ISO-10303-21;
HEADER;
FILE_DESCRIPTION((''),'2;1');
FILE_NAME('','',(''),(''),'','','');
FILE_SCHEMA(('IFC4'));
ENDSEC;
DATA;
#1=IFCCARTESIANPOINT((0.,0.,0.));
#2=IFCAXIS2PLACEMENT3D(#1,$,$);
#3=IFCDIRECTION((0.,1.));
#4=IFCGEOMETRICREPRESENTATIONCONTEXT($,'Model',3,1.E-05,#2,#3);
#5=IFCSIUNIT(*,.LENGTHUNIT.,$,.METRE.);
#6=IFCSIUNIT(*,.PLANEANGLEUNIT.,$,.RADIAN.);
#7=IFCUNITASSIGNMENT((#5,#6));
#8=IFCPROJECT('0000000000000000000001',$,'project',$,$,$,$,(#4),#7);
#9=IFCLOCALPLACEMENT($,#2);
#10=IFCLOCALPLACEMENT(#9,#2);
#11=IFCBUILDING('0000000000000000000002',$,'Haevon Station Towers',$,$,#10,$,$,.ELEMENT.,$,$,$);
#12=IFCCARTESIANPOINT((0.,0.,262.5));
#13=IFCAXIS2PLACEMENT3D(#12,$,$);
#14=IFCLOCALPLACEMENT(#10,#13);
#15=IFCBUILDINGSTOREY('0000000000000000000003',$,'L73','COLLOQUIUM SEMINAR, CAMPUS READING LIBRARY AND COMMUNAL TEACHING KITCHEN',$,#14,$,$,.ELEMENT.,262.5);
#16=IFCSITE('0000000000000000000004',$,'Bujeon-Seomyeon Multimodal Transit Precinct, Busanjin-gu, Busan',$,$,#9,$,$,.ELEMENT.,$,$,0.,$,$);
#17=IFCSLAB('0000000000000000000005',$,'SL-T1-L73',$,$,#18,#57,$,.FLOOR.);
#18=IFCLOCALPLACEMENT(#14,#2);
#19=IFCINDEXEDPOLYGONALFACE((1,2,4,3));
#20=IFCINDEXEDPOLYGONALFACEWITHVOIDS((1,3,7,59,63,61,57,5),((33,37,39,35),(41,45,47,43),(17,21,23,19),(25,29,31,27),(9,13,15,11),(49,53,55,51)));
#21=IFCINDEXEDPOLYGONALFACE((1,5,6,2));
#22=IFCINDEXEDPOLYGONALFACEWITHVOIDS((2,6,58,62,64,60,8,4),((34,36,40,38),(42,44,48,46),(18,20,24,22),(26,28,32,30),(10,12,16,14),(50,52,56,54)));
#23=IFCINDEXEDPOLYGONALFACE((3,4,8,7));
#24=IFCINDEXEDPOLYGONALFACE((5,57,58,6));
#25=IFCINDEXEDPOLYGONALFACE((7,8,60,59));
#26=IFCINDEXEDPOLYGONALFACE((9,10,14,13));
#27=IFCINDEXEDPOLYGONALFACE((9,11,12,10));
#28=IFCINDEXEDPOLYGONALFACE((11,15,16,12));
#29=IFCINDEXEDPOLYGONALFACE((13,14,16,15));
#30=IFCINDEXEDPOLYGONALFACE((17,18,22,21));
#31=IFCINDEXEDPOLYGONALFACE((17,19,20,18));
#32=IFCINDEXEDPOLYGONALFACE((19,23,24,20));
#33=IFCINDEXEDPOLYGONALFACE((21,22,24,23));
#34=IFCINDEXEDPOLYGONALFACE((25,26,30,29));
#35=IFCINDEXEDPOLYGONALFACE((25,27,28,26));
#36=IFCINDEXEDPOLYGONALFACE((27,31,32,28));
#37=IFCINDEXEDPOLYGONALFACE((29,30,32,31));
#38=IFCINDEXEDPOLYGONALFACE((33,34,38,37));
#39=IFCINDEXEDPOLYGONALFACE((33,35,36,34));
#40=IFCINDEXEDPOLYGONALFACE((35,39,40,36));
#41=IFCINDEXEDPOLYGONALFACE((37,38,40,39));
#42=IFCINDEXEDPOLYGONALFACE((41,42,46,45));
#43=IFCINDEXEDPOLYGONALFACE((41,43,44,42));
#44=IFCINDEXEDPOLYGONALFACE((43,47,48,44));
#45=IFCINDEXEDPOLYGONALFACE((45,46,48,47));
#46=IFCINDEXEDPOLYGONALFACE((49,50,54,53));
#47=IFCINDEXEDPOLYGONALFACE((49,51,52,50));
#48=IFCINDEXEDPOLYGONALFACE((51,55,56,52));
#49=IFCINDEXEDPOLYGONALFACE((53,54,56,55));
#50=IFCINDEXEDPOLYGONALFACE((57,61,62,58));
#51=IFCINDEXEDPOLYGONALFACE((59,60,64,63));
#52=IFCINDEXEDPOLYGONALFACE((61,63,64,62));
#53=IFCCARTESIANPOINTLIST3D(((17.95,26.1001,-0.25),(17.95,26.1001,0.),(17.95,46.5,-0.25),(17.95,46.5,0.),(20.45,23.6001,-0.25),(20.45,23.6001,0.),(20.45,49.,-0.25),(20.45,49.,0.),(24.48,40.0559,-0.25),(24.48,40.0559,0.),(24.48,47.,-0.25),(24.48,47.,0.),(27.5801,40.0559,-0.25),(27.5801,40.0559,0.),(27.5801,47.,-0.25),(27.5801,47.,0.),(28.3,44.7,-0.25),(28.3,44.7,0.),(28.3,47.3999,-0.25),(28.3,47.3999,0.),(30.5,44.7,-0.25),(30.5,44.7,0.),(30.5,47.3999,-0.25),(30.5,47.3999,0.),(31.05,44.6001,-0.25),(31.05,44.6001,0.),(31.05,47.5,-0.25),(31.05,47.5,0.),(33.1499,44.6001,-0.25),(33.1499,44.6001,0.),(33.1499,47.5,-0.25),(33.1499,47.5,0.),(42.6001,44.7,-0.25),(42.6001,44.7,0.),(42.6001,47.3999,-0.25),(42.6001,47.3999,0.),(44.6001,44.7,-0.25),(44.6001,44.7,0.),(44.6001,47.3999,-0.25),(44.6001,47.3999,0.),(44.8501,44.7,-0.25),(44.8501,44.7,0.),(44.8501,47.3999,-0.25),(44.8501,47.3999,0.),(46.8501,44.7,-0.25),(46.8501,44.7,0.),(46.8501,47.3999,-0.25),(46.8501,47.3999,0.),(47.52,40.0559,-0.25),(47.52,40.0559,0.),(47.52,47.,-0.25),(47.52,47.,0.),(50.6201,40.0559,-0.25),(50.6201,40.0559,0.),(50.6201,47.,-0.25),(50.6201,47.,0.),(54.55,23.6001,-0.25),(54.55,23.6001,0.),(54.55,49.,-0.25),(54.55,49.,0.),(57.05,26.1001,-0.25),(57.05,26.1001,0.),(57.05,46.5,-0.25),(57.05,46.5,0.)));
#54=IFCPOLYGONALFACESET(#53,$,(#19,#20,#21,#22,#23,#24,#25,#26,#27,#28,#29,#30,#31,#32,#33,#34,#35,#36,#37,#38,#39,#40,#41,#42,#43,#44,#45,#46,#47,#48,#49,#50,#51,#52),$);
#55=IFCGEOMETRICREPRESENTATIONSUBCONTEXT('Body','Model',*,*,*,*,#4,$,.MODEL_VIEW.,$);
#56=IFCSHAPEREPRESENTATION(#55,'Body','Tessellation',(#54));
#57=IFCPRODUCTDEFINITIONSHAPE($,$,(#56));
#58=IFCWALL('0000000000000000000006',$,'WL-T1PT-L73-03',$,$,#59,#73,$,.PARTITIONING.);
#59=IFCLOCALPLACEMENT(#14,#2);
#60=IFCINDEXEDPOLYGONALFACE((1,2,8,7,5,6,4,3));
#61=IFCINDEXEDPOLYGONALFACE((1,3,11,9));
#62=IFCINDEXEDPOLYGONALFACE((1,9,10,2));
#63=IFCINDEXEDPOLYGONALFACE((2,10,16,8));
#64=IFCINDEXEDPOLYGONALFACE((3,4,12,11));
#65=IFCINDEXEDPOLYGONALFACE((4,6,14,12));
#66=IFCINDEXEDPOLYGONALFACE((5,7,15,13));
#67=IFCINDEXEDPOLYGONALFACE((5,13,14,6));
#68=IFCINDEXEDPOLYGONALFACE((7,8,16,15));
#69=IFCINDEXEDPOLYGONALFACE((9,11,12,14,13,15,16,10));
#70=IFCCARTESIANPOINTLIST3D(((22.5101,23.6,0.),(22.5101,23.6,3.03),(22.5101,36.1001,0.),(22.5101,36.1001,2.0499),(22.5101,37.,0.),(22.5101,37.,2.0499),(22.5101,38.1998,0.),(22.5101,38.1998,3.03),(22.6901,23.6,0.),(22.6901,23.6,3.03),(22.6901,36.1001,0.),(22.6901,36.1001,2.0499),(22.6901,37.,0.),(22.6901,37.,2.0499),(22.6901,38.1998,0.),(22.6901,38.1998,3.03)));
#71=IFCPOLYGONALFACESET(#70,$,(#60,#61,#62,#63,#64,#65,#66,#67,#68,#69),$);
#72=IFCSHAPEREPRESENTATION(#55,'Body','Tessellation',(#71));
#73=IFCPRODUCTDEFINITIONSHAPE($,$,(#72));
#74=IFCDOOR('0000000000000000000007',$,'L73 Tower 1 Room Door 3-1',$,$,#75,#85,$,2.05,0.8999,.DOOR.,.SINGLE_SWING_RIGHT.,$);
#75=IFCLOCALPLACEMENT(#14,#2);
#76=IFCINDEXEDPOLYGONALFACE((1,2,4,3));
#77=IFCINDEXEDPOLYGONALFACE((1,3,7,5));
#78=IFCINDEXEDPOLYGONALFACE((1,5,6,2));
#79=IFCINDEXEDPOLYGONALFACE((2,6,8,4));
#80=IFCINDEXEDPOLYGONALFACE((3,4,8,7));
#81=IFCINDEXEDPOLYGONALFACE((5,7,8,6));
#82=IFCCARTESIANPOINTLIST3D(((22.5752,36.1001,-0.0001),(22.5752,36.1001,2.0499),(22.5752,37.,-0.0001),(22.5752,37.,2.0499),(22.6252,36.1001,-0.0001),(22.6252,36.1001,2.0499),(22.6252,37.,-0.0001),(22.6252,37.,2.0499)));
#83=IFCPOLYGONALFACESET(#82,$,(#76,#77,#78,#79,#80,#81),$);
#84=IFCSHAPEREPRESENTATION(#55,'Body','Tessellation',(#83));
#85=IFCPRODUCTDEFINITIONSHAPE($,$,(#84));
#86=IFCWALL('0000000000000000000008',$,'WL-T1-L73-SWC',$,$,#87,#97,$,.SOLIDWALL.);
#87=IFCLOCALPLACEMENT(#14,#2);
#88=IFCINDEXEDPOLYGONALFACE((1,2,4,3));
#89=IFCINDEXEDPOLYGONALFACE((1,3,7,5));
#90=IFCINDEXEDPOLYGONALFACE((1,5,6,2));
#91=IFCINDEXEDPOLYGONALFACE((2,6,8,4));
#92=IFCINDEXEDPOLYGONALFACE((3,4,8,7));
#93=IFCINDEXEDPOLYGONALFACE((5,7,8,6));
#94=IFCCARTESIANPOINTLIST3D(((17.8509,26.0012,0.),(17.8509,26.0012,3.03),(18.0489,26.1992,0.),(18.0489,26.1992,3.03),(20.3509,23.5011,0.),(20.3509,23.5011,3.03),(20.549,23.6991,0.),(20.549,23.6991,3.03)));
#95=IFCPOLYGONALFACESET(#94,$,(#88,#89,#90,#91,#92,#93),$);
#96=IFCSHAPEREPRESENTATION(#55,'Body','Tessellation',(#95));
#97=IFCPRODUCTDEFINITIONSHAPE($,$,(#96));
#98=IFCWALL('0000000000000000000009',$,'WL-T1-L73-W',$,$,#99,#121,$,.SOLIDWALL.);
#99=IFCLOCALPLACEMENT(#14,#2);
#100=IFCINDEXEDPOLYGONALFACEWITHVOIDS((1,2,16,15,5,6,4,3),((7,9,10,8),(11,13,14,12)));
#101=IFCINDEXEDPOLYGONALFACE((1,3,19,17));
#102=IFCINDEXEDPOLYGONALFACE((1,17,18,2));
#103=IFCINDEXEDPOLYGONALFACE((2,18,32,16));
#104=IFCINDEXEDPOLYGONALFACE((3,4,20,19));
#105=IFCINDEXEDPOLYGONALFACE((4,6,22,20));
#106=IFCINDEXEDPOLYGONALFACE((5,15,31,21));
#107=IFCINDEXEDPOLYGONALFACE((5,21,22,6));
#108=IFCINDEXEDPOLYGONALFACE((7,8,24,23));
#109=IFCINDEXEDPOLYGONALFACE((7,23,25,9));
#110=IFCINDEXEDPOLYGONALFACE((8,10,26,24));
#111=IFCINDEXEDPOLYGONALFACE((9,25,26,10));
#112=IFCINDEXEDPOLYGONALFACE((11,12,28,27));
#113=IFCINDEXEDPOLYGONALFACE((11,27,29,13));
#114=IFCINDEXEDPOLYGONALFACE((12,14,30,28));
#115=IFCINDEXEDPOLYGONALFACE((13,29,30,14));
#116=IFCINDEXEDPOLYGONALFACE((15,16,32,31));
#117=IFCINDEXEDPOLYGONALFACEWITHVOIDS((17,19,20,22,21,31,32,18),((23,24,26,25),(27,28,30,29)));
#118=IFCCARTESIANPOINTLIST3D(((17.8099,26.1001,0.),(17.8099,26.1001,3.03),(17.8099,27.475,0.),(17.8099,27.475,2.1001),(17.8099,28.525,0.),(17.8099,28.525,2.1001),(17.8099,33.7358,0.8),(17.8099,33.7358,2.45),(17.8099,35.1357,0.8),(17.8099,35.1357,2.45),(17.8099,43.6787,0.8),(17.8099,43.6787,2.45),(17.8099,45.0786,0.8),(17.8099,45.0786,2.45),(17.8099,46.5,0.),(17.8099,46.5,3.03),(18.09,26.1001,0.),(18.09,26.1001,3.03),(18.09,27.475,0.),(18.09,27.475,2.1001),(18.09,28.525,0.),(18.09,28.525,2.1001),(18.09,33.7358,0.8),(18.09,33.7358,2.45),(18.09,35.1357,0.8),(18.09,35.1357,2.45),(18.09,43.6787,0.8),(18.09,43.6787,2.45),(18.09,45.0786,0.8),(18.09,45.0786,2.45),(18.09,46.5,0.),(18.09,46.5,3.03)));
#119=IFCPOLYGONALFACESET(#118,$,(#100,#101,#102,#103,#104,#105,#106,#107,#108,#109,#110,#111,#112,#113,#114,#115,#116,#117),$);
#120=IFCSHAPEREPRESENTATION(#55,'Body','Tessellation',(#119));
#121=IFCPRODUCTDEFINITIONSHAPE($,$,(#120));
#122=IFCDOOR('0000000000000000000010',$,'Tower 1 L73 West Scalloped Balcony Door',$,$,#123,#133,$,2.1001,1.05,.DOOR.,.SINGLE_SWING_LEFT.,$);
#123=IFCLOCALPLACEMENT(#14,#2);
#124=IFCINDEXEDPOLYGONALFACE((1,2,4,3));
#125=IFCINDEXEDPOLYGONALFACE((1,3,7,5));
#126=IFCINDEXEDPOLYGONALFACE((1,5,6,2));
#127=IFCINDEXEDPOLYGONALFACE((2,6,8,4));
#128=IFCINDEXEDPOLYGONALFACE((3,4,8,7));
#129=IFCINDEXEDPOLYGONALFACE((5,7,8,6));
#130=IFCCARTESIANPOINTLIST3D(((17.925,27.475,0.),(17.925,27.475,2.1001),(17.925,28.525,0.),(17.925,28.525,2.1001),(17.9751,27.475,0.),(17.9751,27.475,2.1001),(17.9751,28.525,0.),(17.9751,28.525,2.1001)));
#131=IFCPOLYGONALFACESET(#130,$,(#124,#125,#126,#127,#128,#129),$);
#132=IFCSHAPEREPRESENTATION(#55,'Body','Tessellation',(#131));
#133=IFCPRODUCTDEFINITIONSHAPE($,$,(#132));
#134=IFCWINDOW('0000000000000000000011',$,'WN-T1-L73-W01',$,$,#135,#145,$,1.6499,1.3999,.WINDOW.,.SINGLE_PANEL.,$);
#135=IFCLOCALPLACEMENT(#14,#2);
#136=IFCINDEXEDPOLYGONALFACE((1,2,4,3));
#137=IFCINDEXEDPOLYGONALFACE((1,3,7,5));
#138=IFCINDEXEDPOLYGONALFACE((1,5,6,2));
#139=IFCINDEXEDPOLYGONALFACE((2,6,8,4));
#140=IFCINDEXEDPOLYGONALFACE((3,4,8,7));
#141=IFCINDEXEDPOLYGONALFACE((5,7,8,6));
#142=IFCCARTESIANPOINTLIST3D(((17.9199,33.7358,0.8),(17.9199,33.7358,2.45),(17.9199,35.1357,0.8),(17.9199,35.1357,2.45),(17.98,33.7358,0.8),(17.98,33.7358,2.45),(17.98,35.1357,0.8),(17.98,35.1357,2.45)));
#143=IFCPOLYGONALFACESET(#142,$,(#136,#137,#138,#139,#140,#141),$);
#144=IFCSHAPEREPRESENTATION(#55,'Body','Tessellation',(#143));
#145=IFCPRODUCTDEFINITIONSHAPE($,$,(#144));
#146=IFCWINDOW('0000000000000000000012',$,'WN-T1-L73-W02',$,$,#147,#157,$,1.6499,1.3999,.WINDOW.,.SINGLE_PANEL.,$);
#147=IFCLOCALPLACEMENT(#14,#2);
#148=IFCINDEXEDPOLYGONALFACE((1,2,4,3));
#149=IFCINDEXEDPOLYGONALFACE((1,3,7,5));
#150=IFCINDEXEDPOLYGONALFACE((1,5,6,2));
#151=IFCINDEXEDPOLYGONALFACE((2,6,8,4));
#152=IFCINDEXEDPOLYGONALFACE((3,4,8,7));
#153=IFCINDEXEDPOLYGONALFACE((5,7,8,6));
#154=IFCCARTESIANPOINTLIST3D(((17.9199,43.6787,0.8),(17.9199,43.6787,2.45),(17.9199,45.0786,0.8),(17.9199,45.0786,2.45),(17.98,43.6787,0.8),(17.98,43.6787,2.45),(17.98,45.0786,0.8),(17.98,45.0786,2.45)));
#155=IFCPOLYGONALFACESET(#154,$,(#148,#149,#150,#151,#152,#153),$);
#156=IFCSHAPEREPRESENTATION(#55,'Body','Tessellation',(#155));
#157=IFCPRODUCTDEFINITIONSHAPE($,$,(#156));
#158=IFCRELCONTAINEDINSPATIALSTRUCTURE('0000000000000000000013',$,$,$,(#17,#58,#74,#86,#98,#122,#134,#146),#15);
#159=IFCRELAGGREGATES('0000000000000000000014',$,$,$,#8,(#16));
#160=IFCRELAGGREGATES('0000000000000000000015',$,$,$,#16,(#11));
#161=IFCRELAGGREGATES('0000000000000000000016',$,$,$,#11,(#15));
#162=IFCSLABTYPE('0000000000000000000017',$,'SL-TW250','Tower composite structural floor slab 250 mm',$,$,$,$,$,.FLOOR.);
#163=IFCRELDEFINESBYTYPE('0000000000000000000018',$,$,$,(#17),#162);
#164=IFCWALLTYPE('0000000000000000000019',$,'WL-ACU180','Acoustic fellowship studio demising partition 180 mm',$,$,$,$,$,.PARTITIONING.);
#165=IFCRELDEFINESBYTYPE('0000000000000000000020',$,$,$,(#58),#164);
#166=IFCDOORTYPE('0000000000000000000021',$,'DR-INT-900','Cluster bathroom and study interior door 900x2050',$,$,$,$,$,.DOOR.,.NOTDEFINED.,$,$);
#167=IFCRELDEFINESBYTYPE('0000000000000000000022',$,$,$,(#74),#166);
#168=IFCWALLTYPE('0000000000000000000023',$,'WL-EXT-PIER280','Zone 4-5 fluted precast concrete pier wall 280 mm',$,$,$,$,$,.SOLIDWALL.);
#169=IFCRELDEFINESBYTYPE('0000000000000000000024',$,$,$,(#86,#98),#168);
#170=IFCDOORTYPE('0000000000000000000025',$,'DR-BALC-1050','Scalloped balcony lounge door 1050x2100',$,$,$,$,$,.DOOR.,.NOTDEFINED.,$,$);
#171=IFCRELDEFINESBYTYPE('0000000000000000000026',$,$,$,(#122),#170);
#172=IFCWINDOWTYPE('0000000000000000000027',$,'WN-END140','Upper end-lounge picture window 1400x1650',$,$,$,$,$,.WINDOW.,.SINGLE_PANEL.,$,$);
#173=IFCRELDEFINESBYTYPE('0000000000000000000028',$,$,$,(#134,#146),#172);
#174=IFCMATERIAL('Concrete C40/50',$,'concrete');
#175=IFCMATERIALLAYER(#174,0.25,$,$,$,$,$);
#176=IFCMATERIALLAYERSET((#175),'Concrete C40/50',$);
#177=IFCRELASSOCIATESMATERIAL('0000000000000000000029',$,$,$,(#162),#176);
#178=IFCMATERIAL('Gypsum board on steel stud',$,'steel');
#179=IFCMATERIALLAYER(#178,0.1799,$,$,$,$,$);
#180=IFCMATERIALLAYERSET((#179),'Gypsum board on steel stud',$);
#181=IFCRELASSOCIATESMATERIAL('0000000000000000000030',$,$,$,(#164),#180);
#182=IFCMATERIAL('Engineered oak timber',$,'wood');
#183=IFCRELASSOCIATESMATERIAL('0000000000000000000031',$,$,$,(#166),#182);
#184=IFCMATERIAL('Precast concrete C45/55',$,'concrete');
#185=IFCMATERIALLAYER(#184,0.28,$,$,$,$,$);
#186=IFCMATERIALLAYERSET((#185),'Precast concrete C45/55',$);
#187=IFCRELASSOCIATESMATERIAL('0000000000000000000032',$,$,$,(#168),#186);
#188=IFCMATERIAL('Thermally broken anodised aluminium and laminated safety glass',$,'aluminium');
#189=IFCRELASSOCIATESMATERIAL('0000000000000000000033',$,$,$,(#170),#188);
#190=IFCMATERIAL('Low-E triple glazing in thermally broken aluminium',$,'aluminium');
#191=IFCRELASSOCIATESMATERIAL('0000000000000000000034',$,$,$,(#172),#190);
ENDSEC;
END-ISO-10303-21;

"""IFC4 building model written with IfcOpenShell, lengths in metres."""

from ifc_helpers import new_model, si_unit, direction, frame, frame_2d, origin, place, context, subcontext, project, spatial, polyline, rectangle, outline, extrude, material, layer, layer_set, type_object, element, fill, save


model = new_model("IFC4")

# Units and contexts
model_context = context("Model", 3, precision=1e-05, world=origin(), true_north=direction((0.0, 1.0)))
body_context = subcontext(model_context, "Body", "Model", "MODEL_VIEW")
ifc_project = project(units=[si_unit("LENGTHUNIT", "METRE"), si_unit("PLANEANGLEUNIT", "RADIAN")], contexts=[model_context])

# Site, building, storey
site_placement = place(None, origin())
site = spatial("IfcSite", under=ifc_project, at=site_placement, Name="Bujeon-Seomyeon Multimodal Transit Precinct, Busanjin-gu, Busan", CompositionType="ELEMENT", RefElevation=0.0)
building_placement = place(site_placement, origin())
building = spatial("IfcBuilding", under=site, at=building_placement, Name="Haevon Station Towers", CompositionType="ELEMENT")
storey_placement = place(building_placement, frame((0.0, 0.0, 262.5)))
storey = spatial("IfcBuildingStorey", under=building, at=storey_placement, Name="L73", Description="COLLOQUIUM SEMINAR, CAMPUS READING LIBRARY AND COMMUNAL TEACHING KITCHEN", CompositionType="ELEMENT", Elevation=262.5)

# Shared definitions
ifc_material_1 = material(Name="Concrete C40/50", Category="concrete")

# Slab
ifc_layer_1 = layer(ifc_material_1, 0.25)
ifc_layer_set_1 = layer_set([ifc_layer_1], Name="Concrete C40/50")
slab_type_1 = type_object("IfcSlabType", Name="SL-TW250", Description="Tower composite structural floor slab 250 mm", PredefinedType="FLOOR", material=ifc_layer_set_1)
slab_1_placement = place(storey_placement, frame((0.0, 0.0, -0.25)))
element("IfcSlab", 1, at=slab_1_placement, inside=storey, type_object=slab_type_1, Name="SL-T1-L73", PredefinedType="FLOOR", context=body_context, shape_type="SweptSolid", body=[
    extrude(outline(polyline([(20.45, 23.6001), (54.55, 23.6001), (57.05, 26.1001), (57.05, 46.5), (54.55, 49.0), (20.45, 49.0), (17.95, 46.5), (17.95, 26.1001), (20.45, 23.6001)]), holes=[polyline([(27.5801, 40.0559), (27.5801, 47.0), (24.48, 47.0), (24.48, 40.0559), (27.5801, 40.0559)]), polyline([(50.6201, 40.0559), (50.6201, 47.0), (47.52, 47.0), (47.52, 40.0559), (50.6201, 40.0559)]), polyline([(28.3, 44.7), (30.5, 44.7), (30.5, 47.3999), (28.3, 47.3999), (28.3, 44.7)]), polyline([(31.05, 44.6001), (33.1499, 44.6001), (33.1499, 47.5), (31.05, 47.5), (31.05, 44.6001)]), polyline([(42.6001, 44.7), (44.6001, 44.7), (44.6001, 47.3999), (42.6001, 47.3999), (42.6001, 44.7)]), polyline([(44.8501, 44.7), (46.8501, 44.7), (46.8501, 47.3999), (44.8501, 47.3999), (44.8501, 44.7)])]), origin(), (0.0, 0.0, 1.0), 0.25),
])

# Wall, opening, door
ifc_material_2 = material(Name="Gypsum board on steel stud", Category="steel")
ifc_layer_2 = layer(ifc_material_2, 0.1799)
ifc_layer_set_2 = layer_set([ifc_layer_2], Name="Gypsum board on steel stud")
wall_type_1 = type_object("IfcWallType", Name="WL-ACU180", Description="Acoustic fellowship studio demising partition 180 mm", PredefinedType="PARTITIONING", material=ifc_layer_set_2)
wall_1_placement = place(storey_placement, frame((22.6001, 23.6001, 0.0), z_axis=(0.0, 0.0, 1.0), x_axis=(0.0, 1.0, 0.0)))
wall_1 = element("IfcWall", 2, at=wall_1_placement, inside=storey, type_object=wall_type_1, Name="WL-T1PT-L73-03", PredefinedType="PARTITIONING", context=body_context, shape_type="SweptSolid", body=[
    extrude(rectangle(XDim=14.5999, YDim=0.1799, at=frame_2d((7.2998, 0.0))), origin(), (0.0, 0.0, 1.0), 3.03),
])
opening_1_placement = place(wall_1_placement, frame((12.5, 0.0, 0.0)))
opening_1 = element("IfcOpeningElement", 3, at=opening_1_placement, cuts=wall_1, PredefinedType="OPENING", context=body_context, shape_type="SweptSolid", body=[
    extrude(rectangle(XDim=0.8999, YDim=2.05, at=frame_2d((0.45, 1.0249))), frame((0.0, 0.0999, 0.0), z_axis=(0.0, -1.0, 0.0), x_axis=(1.0, 0.0, 0.0)), (0.0, 0.0, 1.0), 0.2),
])
ifc_material_3 = material(Name="Engineered oak timber", Category="wood")
door_type_1 = type_object("IfcDoorType", Name="DR-INT-900", Description="Cluster bathroom and study interior door 900x2050", OperationType="NOTDEFINED", PredefinedType="DOOR", material=ifc_material_3)
door_1_placement = place(opening_1_placement, origin())
door_1 = element("IfcDoor", 4, at=door_1_placement, inside=storey, type_object=door_type_1, Name="L73 Tower 1 Room Door 3-1", OperationType="SINGLE_SWING_RIGHT", OverallHeight=2.05, OverallWidth=0.8999, PredefinedType="DOOR", context=body_context, shape_type="SweptSolid", body=[
    extrude(rectangle(XDim=0.8999, YDim=2.05, at=frame_2d((0.45, 1.0249))), frame((0.0, 0.0249, 0.0), z_axis=(0.0, -1.0, 0.0), x_axis=(1.0, 0.0, 0.0)), (0.0, 0.0, 1.0), 0.05),
])
fill(opening_1, door_1)

# Wall
ifc_material_4 = material(Name="Precast concrete C45/55", Category="concrete")
ifc_layer_3 = layer(ifc_material_4, 0.28)
ifc_layer_set_3 = layer_set([ifc_layer_3], Name="Precast concrete C45/55")
wall_type_2 = type_object("IfcWallType", Name="WL-EXT-PIER280", Description="Zone 4-5 fluted precast concrete pier wall 280 mm", PredefinedType="SOLIDWALL", material=ifc_layer_set_3)
wall_2_placement = place(storey_placement, frame((20.45, 23.6001, 0.0), z_axis=(0.0, 0.0, 1.0), x_axis=(-0.707107, 0.707107, 0.0)))
element("IfcWall", 5, at=wall_2_placement, inside=storey, type_object=wall_type_2, Name="WL-T1-L73-SWC", PredefinedType="SOLIDWALL", context=body_context, shape_type="SweptSolid", body=[
    extrude(rectangle(XDim=3.5356, YDim=0.28, at=frame_2d((1.7678, 0.0))), origin(), (0.0, 0.0, 1.0), 3.03),
])

# Wall, openings, door, windows
wall_3_placement = place(storey_placement, frame((17.95, 26.1001, 0.0), z_axis=(0.0, 0.0, 1.0), x_axis=(0.0, 1.0, 0.0)))
wall_3 = element("IfcWall", 6, at=wall_3_placement, inside=storey, type_object=wall_type_2, Name="WL-T1-L73-W", PredefinedType="SOLIDWALL", context=body_context, shape_type="SweptSolid", body=[
    extrude(rectangle(XDim=20.3999, YDim=0.28, at=frame_2d((10.2, 0.0))), origin(), (0.0, 0.0, 1.0), 3.03),
])
opening_2_placement = place(wall_3_placement, frame((1.375, 0.0, 0.0)))
opening_2 = element("IfcOpeningElement", 7, at=opening_2_placement, cuts=wall_3, PredefinedType="OPENING", context=body_context, shape_type="SweptSolid", body=[
    extrude(rectangle(XDim=1.05, YDim=2.1001, at=frame_2d((0.5249, 1.05))), frame((0.0, 0.1499, 0.0), z_axis=(0.0, -1.0, 0.0), x_axis=(1.0, 0.0, 0.0)), (0.0, 0.0, 1.0), 0.3),
])
opening_3_placement = place(wall_3_placement, frame((7.6357, 0.0, 0.8)))
opening_3 = element("IfcOpeningElement", 8, at=opening_3_placement, cuts=wall_3, PredefinedType="OPENING", context=body_context, shape_type="SweptSolid", body=[
    extrude(rectangle(XDim=1.3999, YDim=1.6499, at=frame_2d((0.7, 0.825))), frame((0.0, 0.1499, 0.0), z_axis=(0.0, -1.0, 0.0), x_axis=(1.0, 0.0, 0.0)), (0.0, 0.0, 1.0), 0.3),
])
opening_4_placement = place(wall_3_placement, frame((17.5786, 0.0, 0.8)))
opening_4 = element("IfcOpeningElement", 9, at=opening_4_placement, cuts=wall_3, PredefinedType="OPENING", context=body_context, shape_type="SweptSolid", body=[
    extrude(rectangle(XDim=1.3999, YDim=1.6499, at=frame_2d((0.7, 0.825))), frame((0.0, 0.1499, 0.0), z_axis=(0.0, -1.0, 0.0), x_axis=(1.0, 0.0, 0.0)), (0.0, 0.0, 1.0), 0.3),
])
ifc_material_5 = material(Name="Thermally broken anodised aluminium and laminated safety glass", Category="aluminium")
door_type_2 = type_object("IfcDoorType", Name="DR-BALC-1050", Description="Scalloped balcony lounge door 1050x2100", OperationType="NOTDEFINED", PredefinedType="DOOR", material=ifc_material_5)
door_2_placement = place(opening_2_placement, origin())
door_2 = element("IfcDoor", 10, at=door_2_placement, inside=storey, type_object=door_type_2, Name="Tower 1 L73 West Scalloped Balcony Door", OperationType="SINGLE_SWING_LEFT", OverallHeight=2.1001, OverallWidth=1.05, PredefinedType="DOOR", context=body_context, shape_type="SweptSolid", body=[
    extrude(rectangle(XDim=1.05, YDim=2.1001, at=frame_2d((0.5249, 1.05))), frame((0.0, 0.0249, 0.0), z_axis=(0.0, -1.0, 0.0), x_axis=(1.0, 0.0, 0.0)), (0.0, 0.0, 1.0), 0.05),
])
fill(opening_2, door_2)
ifc_material_6 = material(Name="Low-E triple glazing in thermally broken aluminium", Category="aluminium")
window_type = type_object("IfcWindowType", Name="WN-END140", Description="Upper end-lounge picture window 1400x1650", PartitioningType="SINGLE_PANEL", PredefinedType="WINDOW", material=ifc_material_6)
window_1_placement = place(opening_3_placement, origin())
window_1 = element("IfcWindow", 11, at=window_1_placement, inside=storey, type_object=window_type, Name="WN-T1-L73-W01", OverallHeight=1.6499, OverallWidth=1.3999, PartitioningType="SINGLE_PANEL", PredefinedType="WINDOW", context=body_context, shape_type="SweptSolid", body=[
    extrude(rectangle(XDim=1.3999, YDim=1.6499, at=frame_2d((0.7, 0.825))), frame((0.0, 0.03, 0.0), z_axis=(0.0, -1.0, 0.0), x_axis=(1.0, 0.0, 0.0)), (0.0, 0.0, 1.0), 0.0601),
])
fill(opening_3, window_1)
window_2_placement = place(opening_4_placement, origin())
window_2 = element("IfcWindow", 12, at=window_2_placement, inside=storey, type_object=window_type, Name="WN-T1-L73-W02", OverallHeight=1.6499, OverallWidth=1.3999, PartitioningType="SINGLE_PANEL", PredefinedType="WINDOW", context=body_context, shape_type="SweptSolid", body=[
    extrude(rectangle(XDim=1.3999, YDim=1.6499, at=frame_2d((0.7, 0.825))), frame((0.0, 0.03, 0.0), z_axis=(0.0, -1.0, 0.0), x_axis=(1.0, 0.0, 0.0)), (0.0, 0.0, 1.0), 0.0601),
])
fill(opening_4, window_2)

save(model, "model.ifc")
